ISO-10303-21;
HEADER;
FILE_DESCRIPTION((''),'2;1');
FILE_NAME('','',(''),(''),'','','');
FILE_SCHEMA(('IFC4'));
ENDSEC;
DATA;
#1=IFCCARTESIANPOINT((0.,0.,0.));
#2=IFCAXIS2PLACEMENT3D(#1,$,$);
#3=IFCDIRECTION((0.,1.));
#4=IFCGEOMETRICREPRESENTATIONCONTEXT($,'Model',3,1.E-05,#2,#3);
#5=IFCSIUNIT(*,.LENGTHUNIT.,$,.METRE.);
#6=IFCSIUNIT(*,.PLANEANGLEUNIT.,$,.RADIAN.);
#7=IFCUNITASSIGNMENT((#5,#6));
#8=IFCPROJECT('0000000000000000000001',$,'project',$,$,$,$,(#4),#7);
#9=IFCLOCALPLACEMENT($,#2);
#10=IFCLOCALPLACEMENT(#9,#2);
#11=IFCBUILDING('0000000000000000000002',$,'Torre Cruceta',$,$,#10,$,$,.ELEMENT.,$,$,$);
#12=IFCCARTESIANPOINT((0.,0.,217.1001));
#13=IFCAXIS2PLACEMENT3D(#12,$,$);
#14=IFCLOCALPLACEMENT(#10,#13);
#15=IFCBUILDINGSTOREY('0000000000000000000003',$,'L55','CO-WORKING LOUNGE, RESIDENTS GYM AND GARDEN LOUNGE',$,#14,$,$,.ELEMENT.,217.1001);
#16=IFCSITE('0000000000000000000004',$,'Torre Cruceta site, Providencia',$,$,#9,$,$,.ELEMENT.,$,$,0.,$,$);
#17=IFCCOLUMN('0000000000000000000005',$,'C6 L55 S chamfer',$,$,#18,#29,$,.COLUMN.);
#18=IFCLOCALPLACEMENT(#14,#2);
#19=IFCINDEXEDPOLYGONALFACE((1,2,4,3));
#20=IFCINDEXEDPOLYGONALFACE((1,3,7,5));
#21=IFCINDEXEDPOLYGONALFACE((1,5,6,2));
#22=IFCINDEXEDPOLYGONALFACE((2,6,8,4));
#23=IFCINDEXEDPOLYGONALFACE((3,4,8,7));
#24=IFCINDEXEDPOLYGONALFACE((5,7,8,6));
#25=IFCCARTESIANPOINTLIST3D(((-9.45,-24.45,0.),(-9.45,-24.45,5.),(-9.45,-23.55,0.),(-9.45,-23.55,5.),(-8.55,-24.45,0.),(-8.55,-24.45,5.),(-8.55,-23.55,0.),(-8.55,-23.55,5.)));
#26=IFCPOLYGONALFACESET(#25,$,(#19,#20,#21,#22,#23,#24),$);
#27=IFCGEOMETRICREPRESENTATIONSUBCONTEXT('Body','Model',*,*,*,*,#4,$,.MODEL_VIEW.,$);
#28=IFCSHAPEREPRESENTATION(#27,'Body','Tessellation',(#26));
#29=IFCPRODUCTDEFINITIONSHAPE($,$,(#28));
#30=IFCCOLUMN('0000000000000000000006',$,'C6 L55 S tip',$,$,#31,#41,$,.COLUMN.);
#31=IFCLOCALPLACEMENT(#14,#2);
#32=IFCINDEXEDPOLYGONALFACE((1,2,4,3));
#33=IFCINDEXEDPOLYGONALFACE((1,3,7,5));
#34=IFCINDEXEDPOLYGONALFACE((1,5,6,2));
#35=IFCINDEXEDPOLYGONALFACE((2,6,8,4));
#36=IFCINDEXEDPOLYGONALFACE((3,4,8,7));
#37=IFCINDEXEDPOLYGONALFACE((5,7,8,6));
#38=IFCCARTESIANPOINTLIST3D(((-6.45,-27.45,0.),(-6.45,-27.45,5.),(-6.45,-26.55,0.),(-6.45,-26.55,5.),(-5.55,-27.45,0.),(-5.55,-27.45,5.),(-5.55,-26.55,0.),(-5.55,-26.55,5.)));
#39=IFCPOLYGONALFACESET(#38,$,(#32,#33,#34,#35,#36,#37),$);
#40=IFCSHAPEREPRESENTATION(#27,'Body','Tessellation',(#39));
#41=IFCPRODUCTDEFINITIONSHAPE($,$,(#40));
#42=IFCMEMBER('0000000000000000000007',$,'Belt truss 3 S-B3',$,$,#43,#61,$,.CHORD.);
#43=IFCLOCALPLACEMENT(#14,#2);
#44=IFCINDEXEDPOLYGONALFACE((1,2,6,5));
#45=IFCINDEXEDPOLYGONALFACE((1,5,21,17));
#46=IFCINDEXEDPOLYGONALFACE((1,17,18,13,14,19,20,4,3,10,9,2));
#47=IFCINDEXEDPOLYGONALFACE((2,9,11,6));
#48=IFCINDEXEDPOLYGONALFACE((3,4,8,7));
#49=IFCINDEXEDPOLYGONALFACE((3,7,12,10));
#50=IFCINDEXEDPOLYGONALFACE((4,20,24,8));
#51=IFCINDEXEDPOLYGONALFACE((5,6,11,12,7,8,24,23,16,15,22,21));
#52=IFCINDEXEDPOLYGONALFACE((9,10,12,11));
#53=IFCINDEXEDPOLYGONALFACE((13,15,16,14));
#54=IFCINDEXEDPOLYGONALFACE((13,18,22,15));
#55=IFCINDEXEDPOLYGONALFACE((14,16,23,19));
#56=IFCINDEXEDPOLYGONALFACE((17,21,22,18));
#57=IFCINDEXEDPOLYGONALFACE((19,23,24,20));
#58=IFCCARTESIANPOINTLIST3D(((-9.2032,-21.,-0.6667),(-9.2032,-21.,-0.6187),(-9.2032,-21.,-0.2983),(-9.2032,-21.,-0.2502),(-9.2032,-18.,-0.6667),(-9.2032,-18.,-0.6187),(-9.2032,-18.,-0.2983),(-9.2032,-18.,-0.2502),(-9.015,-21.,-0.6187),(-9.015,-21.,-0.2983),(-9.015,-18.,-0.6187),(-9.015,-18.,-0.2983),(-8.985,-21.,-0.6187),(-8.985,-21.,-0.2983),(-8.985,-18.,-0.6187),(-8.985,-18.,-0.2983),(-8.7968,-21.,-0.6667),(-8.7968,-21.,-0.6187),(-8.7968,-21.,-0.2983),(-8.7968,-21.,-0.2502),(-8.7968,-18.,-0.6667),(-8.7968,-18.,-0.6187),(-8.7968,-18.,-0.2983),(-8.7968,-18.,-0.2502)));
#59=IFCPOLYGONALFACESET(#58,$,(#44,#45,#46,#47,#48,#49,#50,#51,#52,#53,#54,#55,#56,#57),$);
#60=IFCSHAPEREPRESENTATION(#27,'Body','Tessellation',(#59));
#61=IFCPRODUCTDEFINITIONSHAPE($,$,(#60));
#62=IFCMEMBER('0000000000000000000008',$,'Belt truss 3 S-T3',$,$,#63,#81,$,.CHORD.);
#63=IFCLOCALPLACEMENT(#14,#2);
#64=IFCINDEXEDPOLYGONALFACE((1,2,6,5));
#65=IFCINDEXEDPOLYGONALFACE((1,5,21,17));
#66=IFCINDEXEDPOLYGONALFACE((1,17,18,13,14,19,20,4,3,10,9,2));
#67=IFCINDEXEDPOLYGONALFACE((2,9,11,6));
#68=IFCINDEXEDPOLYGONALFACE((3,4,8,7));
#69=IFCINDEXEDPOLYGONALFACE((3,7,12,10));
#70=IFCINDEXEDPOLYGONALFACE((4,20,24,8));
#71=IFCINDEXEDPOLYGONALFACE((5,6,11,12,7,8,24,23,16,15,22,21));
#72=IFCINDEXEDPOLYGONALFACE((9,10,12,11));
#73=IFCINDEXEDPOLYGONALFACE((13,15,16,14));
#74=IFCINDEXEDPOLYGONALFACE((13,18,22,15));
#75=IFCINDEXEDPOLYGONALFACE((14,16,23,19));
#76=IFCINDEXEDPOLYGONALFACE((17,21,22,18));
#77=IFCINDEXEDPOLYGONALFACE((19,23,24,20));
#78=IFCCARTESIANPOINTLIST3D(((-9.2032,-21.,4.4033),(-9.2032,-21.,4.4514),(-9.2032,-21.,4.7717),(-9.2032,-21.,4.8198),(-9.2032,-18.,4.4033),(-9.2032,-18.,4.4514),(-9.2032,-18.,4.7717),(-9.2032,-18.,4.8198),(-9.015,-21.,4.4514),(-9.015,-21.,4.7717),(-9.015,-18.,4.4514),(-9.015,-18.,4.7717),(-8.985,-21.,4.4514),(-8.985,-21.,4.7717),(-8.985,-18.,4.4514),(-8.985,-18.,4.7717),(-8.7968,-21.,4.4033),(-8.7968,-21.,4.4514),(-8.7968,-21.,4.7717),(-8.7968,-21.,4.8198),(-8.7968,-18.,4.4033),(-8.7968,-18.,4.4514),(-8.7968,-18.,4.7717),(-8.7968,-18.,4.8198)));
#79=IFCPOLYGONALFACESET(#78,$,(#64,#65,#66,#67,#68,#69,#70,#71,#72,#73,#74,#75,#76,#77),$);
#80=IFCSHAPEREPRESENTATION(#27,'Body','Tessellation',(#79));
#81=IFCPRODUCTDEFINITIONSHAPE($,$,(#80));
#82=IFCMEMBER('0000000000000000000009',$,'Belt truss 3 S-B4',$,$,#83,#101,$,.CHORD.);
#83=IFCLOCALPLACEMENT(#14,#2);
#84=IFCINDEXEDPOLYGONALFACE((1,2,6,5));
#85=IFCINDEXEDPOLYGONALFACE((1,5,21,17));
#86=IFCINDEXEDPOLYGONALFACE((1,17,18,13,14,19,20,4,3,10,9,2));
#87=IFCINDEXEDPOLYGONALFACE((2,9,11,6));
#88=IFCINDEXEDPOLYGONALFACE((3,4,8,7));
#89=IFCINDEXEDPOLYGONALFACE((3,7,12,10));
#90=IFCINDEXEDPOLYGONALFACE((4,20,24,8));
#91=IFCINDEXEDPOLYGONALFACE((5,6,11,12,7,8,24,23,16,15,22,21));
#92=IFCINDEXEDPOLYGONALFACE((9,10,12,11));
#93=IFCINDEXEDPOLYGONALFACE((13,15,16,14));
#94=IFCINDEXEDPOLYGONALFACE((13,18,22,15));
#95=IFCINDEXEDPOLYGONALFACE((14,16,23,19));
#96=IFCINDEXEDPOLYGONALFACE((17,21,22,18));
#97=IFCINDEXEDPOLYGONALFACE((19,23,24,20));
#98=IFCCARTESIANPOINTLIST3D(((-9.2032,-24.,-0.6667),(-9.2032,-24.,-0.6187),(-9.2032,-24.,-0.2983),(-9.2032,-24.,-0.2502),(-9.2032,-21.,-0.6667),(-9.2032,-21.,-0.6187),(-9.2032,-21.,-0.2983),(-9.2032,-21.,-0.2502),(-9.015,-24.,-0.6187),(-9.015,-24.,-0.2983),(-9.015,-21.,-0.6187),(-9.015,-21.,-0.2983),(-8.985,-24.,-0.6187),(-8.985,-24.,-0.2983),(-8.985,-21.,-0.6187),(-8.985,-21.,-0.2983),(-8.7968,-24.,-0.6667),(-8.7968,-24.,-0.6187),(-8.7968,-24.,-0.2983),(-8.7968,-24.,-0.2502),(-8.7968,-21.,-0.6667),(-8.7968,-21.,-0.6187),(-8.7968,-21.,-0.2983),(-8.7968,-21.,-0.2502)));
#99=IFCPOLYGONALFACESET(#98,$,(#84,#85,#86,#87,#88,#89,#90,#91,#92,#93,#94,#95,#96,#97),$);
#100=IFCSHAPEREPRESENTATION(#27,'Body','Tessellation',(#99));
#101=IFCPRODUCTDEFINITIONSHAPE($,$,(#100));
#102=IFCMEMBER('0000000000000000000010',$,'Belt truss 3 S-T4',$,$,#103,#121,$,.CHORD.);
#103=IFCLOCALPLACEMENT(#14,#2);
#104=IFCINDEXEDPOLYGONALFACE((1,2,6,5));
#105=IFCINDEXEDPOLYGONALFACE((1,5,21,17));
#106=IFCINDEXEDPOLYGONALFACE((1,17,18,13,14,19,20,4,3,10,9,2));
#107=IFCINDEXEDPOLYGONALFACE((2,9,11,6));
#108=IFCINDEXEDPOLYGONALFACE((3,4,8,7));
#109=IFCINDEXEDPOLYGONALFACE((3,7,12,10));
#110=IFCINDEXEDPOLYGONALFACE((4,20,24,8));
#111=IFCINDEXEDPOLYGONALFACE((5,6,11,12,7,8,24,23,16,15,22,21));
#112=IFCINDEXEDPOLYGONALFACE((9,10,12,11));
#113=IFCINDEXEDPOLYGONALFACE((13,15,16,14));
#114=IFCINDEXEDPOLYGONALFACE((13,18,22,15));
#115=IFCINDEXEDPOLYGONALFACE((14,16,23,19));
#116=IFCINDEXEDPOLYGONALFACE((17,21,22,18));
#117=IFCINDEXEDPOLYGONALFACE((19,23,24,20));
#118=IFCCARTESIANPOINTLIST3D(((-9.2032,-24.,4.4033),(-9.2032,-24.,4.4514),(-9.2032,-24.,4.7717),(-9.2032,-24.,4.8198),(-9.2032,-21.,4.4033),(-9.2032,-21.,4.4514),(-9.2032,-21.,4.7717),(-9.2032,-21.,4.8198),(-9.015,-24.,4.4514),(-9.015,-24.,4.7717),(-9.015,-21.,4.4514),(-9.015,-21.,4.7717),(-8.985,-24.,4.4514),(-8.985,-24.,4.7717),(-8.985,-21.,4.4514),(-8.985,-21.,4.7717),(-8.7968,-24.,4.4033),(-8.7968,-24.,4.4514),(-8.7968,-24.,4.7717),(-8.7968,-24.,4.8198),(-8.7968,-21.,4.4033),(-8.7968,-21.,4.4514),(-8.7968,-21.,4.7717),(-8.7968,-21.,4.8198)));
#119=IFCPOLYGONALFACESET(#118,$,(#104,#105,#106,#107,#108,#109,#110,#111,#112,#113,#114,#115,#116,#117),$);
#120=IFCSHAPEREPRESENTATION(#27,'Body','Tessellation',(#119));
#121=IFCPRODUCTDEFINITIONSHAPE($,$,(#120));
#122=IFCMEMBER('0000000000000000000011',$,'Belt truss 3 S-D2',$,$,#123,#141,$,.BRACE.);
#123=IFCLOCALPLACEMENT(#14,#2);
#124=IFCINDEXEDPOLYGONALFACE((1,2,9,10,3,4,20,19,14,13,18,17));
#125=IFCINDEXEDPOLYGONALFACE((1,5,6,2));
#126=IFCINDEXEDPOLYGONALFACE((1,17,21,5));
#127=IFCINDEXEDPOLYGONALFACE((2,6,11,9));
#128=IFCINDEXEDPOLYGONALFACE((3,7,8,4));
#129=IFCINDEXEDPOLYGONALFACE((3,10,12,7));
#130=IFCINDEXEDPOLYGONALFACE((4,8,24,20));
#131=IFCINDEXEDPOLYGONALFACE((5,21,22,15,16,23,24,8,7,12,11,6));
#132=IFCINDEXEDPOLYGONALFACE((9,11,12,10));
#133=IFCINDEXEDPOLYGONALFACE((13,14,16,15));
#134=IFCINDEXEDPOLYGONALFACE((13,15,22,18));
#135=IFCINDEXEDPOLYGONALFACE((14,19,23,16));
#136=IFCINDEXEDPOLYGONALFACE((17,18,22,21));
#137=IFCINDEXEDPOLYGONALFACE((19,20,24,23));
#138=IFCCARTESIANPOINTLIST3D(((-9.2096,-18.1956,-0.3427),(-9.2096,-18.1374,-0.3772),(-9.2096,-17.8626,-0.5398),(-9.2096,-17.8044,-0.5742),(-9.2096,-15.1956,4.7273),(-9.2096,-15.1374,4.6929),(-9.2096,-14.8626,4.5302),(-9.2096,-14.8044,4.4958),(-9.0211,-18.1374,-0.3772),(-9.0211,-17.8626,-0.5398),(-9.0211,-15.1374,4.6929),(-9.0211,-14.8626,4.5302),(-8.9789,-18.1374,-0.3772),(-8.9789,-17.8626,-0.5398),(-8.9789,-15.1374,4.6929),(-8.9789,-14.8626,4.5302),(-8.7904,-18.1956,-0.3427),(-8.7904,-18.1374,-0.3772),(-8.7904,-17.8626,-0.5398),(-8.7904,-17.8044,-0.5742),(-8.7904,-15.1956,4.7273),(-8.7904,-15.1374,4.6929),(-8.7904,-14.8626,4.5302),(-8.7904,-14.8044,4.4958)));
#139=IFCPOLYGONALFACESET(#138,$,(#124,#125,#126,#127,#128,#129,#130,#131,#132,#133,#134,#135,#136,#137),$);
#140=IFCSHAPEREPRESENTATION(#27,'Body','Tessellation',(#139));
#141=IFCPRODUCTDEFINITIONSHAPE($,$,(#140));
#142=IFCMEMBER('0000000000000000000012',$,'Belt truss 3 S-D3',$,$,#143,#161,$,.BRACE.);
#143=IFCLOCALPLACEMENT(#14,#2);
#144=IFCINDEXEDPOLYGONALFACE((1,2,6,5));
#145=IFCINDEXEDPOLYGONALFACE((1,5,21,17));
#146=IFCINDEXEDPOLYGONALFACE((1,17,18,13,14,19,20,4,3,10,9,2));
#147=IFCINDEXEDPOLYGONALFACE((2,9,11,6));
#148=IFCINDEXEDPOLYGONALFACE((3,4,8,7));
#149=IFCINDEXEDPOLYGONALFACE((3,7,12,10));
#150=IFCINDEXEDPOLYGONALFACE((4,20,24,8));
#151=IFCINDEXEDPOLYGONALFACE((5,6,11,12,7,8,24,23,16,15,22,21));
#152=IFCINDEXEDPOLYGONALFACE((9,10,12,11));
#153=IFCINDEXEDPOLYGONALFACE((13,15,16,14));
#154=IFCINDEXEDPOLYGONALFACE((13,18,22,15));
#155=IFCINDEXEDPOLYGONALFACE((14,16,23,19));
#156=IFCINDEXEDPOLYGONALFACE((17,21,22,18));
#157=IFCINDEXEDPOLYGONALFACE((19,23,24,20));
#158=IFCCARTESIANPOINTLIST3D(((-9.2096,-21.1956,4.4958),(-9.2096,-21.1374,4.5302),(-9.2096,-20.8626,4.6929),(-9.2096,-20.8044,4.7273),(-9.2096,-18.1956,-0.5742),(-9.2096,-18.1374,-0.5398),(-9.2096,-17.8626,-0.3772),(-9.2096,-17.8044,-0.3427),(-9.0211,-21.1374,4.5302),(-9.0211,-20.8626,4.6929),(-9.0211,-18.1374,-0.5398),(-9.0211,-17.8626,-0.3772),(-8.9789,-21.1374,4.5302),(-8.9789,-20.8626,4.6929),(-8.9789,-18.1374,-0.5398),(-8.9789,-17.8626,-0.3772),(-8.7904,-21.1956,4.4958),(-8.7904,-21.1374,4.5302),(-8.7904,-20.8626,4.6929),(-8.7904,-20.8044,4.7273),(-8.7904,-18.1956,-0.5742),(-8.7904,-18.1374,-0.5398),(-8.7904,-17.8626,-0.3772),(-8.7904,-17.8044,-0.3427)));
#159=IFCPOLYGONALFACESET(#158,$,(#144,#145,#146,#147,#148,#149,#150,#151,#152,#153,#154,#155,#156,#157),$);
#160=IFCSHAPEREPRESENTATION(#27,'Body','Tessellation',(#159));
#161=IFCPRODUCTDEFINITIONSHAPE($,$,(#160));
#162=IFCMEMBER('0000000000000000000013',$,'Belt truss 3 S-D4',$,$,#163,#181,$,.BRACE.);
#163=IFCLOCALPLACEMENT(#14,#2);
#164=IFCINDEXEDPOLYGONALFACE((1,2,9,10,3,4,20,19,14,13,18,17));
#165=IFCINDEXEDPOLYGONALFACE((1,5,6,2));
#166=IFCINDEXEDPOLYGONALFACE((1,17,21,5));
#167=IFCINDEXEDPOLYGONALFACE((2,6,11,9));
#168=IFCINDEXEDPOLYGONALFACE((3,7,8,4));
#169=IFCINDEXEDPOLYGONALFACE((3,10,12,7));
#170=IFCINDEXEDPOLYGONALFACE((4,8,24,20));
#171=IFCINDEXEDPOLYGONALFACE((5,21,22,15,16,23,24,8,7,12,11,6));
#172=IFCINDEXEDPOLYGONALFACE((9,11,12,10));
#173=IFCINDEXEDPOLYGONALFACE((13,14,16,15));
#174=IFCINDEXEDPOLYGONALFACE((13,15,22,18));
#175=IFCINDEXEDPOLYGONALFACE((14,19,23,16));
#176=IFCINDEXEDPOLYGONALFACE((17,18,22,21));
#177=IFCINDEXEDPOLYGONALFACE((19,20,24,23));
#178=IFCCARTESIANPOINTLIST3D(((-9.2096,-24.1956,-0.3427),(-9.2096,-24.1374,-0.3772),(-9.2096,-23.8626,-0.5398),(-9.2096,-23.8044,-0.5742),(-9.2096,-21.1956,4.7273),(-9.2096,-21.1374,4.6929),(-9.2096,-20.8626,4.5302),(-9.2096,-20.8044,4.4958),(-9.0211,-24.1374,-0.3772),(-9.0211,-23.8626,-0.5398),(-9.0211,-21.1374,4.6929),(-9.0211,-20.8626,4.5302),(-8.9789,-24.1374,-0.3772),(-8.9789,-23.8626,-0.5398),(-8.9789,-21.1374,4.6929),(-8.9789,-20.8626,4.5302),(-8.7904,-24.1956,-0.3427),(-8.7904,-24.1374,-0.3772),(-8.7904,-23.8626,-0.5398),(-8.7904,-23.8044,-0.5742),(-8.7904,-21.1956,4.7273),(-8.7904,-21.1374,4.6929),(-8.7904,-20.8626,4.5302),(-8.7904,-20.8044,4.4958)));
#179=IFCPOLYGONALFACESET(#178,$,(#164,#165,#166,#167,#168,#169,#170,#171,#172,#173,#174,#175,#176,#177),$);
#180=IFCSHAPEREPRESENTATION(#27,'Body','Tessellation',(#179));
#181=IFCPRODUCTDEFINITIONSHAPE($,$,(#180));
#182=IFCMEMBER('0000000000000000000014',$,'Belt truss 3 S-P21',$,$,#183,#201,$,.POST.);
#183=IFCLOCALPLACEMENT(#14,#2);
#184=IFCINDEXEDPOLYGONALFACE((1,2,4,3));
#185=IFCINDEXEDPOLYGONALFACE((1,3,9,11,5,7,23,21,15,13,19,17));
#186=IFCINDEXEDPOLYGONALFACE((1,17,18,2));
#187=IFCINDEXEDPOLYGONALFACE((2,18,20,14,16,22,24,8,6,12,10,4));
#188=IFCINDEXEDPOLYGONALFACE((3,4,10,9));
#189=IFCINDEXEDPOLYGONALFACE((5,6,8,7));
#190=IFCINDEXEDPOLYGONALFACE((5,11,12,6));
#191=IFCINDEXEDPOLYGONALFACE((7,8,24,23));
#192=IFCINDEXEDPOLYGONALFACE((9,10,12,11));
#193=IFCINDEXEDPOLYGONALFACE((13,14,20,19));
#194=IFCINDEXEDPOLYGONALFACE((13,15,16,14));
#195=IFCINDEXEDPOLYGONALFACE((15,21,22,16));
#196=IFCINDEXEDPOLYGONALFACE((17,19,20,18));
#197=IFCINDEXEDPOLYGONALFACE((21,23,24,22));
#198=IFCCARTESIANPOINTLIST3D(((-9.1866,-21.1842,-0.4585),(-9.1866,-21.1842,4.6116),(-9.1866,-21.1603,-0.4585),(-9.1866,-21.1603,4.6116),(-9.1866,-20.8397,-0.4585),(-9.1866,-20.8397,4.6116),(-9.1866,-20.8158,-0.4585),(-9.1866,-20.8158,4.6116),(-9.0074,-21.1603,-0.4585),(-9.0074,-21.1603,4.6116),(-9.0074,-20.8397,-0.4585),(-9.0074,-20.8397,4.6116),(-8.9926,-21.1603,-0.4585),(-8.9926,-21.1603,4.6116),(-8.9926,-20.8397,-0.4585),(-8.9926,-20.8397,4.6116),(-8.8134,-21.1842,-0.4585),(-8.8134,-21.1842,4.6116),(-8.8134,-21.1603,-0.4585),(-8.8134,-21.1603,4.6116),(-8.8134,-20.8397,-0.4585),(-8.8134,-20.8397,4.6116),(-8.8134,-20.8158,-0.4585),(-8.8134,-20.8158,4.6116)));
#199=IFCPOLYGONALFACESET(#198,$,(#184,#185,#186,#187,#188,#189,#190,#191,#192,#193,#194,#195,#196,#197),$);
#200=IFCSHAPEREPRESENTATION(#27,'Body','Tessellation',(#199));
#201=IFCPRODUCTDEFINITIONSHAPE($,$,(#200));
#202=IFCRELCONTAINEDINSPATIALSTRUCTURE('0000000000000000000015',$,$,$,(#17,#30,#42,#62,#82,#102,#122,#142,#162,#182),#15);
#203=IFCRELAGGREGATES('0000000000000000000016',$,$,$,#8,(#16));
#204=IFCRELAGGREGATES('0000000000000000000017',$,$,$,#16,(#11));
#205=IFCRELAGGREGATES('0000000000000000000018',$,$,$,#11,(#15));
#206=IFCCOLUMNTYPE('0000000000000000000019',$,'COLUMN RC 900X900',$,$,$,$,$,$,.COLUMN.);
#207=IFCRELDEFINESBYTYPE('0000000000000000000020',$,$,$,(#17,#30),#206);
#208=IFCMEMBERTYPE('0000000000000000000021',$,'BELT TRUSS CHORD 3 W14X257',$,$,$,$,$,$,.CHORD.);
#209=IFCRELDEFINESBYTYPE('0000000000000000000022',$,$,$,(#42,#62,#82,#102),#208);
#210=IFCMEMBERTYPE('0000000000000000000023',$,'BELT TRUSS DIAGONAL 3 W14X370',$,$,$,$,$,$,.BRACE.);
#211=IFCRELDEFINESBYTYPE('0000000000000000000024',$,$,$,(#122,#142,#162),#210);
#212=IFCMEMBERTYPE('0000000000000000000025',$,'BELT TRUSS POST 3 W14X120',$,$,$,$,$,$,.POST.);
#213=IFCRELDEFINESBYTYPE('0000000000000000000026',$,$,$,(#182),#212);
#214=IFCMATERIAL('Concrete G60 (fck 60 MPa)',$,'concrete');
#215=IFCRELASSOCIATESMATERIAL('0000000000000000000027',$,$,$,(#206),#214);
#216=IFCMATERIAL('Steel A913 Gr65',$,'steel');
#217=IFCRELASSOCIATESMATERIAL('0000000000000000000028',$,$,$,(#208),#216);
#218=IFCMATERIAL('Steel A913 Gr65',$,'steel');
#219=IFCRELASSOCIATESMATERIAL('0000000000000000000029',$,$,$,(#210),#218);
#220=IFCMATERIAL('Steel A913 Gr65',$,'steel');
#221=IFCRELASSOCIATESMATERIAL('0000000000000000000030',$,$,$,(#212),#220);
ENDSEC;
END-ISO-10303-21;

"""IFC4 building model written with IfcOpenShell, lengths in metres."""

from ifc_helpers import new_model, si_unit, direction, frame, origin, origin_2d, place, context, subcontext, project, spatial, rectangle, i_section, extrude, material, material_profile, profile_set, type_object, element, save


model = new_model("IFC4")

# Units and contexts
model_context = context("Model", 3, precision=1e-05, world=origin(), true_north=direction((0.0, 1.0)))
body_context = subcontext(model_context, "Body", "Model", "MODEL_VIEW")
ifc_project = project(units=[si_unit("LENGTHUNIT", "METRE"), si_unit("PLANEANGLEUNIT", "RADIAN")], contexts=[model_context])

# Site, building, storey
site_placement = place(None, origin())
site = spatial("IfcSite", under=ifc_project, at=site_placement, Name="Torre Cruceta site, Providencia", CompositionType="ELEMENT", RefElevation=0.0)
building_placement = place(site_placement, origin())
building = spatial("IfcBuilding", under=site, at=building_placement, Name="Torre Cruceta", CompositionType="ELEMENT")
storey_placement = place(building_placement, frame((0.0, 0.0, 217.1001)))
storey = spatial("IfcBuildingStorey", under=building, at=storey_placement, Name="L55", Description="CO-WORKING LOUNGE, RESIDENTS GYM AND GARDEN LOUNGE", CompositionType="ELEMENT", Elevation=217.1001)

# Columns
ifc_material_1 = material(Name="Concrete G60 (fck 60 MPa)", Category="concrete")
ifc_material_profile_1 = material_profile(ifc_material_1, rectangle(XDim=0.8999, YDim=0.8999, at=origin_2d()), Name="RC 900X900")
ifc_profile_set_1 = profile_set([ifc_material_profile_1], Name="Concrete G60 (fck 60 MPa)")
column_type = type_object("IfcColumnType", Name="COLUMN RC 900X900", PredefinedType="COLUMN", material=ifc_profile_set_1)
for number, where, z_axis, x_axis, name in (
    (1, (-9.0, -24.0, 0.0), (0.0, 0.0, 1.0), (1.0, 0.0, 0.0), "C6 L55 S chamfer"),
    (2, (-6.0, -27.0, 0.0), (0.0, 0.0, 1.0), (1.0, 0.0, 0.0), "C6 L55 S tip"),
):
    element("IfcColumn", number, at=place(storey_placement, frame(where, z_axis=z_axis, x_axis=x_axis)), inside=storey, type_object=column_type, Name=name, PredefinedType="COLUMN", context=body_context, shape_type="SweptSolid", body=[
        extrude(rectangle(XDim=0.8999, YDim=0.8999, at=origin_2d()), origin(), (0.0, 0.0, 1.0), 5.0),
    ])

# Members
ifc_material_2 = material(Name="Steel A913 Gr65", Category="steel")
ifc_material_profile_2 = material_profile(ifc_material_2, i_section(OverallWidth=0.4065, OverallDepth=0.4165, WebThickness=0.03, FlangeThickness=0.0481, at=origin_2d()), Name="W14X257")
ifc_profile_set_2 = profile_set([ifc_material_profile_2], Name="Steel A913 Gr65")
member_type_1 = type_object("IfcMemberType", Name="BELT TRUSS CHORD 3 W14X257", PredefinedType="CHORD", material=ifc_profile_set_2)
for number, where, z_axis, x_axis, name in (
    (3, (-9.0, -18.0, -0.4585), (0.0, -1.0, 0.0), (1.0, 0.0, 0.0), "Belt truss 3 S-B3"),
    (4, (-9.0, -18.0, 4.6116), (0.0, -1.0, 0.0), (1.0, 0.0, 0.0), "Belt truss 3 S-T3"),
    (5, (-9.0, -21.0, -0.4585), (0.0, -1.0, 0.0), (1.0, 0.0, 0.0), "Belt truss 3 S-B4"),
    (6, (-9.0, -21.0, 4.6116), (0.0, -1.0, 0.0), (1.0, 0.0, 0.0), "Belt truss 3 S-T4"),
):
    element("IfcMember", number, at=place(storey_placement, frame(where, z_axis=z_axis, x_axis=x_axis)), inside=storey, type_object=member_type_1, Name=name, PredefinedType="CHORD", context=body_context, shape_type="SweptSolid", body=[
        extrude(i_section(OverallWidth=0.4065, OverallDepth=0.4165, WebThickness=0.03, FlangeThickness=0.0481, at=origin_2d()), origin(), (0.0, 0.0, 1.0), 3.0),
    ])
ifc_material_3 = material(Name="Steel A913 Gr65", Category="steel")
ifc_material_profile_3 = material_profile(ifc_material_3, i_section(OverallWidth=0.4192, OverallDepth=0.4546, WebThickness=0.0422, FlangeThickness=0.0676, at=origin_2d()), Name="W14X370")
ifc_profile_set_3 = profile_set([ifc_material_profile_3], Name="Steel A913 Gr65")
member_type_2 = type_object("IfcMemberType", Name="BELT TRUSS DIAGONAL 3 W14X370", PredefinedType="BRACE", material=ifc_profile_set_3)
for number, where, z_axis, x_axis, name in (
    (7, (-9.0, -18.0, -0.4585), (0.0, 0.509239, 0.860625), (-1.0, 0.0, 0.0), "Belt truss 3 S-D2"),
    (8, (-9.0, -18.0, -0.4585), (0.0, -0.509239, 0.860625), (1.0, 0.0, 0.0), "Belt truss 3 S-D3"),
    (9, (-9.0, -24.0, -0.4585), (0.0, 0.509239, 0.860625), (-1.0, 0.0, 0.0), "Belt truss 3 S-D4"),
):
    element("IfcMember", number, at=place(storey_placement, frame(where, z_axis=z_axis, x_axis=x_axis)), inside=storey, type_object=member_type_2, Name=name, PredefinedType="BRACE", context=body_context, shape_type="SweptSolid", body=[
        extrude(i_section(OverallWidth=0.4192, OverallDepth=0.4546, WebThickness=0.0422, FlangeThickness=0.0676, at=origin_2d()), origin(), (0.0, 0.0, 1.0), 5.8911),
    ])
ifc_material_4 = material(Name="Steel A913 Gr65", Category="steel")
ifc_material_profile_4 = material_profile(ifc_material_4, i_section(OverallWidth=0.3733, OverallDepth=0.3684, WebThickness=0.0149, FlangeThickness=0.0239, at=origin_2d()), Name="W14X120")
ifc_profile_set_4 = profile_set([ifc_material_profile_4], Name="Steel A913 Gr65")
member_type_3 = type_object("IfcMemberType", Name="BELT TRUSS POST 3 W14X120", PredefinedType="POST", material=ifc_profile_set_4)
member_placement = place(storey_placement, frame((-9.0, -21.0, -0.4585), z_axis=(0.0, 0.0, 1.0), x_axis=(1.0, 0.0, 0.0)))
element("IfcMember", 10, at=member_placement, inside=storey, type_object=member_type_3, Name="Belt truss 3 S-P21", PredefinedType="POST", context=body_context, shape_type="SweptSolid", body=[
    extrude(i_section(OverallWidth=0.3733, OverallDepth=0.3684, WebThickness=0.0149, FlangeThickness=0.0239, at=origin_2d()), origin(), (0.0, 0.0, 1.0), 5.0701),
])

save(model, "model.ifc")
